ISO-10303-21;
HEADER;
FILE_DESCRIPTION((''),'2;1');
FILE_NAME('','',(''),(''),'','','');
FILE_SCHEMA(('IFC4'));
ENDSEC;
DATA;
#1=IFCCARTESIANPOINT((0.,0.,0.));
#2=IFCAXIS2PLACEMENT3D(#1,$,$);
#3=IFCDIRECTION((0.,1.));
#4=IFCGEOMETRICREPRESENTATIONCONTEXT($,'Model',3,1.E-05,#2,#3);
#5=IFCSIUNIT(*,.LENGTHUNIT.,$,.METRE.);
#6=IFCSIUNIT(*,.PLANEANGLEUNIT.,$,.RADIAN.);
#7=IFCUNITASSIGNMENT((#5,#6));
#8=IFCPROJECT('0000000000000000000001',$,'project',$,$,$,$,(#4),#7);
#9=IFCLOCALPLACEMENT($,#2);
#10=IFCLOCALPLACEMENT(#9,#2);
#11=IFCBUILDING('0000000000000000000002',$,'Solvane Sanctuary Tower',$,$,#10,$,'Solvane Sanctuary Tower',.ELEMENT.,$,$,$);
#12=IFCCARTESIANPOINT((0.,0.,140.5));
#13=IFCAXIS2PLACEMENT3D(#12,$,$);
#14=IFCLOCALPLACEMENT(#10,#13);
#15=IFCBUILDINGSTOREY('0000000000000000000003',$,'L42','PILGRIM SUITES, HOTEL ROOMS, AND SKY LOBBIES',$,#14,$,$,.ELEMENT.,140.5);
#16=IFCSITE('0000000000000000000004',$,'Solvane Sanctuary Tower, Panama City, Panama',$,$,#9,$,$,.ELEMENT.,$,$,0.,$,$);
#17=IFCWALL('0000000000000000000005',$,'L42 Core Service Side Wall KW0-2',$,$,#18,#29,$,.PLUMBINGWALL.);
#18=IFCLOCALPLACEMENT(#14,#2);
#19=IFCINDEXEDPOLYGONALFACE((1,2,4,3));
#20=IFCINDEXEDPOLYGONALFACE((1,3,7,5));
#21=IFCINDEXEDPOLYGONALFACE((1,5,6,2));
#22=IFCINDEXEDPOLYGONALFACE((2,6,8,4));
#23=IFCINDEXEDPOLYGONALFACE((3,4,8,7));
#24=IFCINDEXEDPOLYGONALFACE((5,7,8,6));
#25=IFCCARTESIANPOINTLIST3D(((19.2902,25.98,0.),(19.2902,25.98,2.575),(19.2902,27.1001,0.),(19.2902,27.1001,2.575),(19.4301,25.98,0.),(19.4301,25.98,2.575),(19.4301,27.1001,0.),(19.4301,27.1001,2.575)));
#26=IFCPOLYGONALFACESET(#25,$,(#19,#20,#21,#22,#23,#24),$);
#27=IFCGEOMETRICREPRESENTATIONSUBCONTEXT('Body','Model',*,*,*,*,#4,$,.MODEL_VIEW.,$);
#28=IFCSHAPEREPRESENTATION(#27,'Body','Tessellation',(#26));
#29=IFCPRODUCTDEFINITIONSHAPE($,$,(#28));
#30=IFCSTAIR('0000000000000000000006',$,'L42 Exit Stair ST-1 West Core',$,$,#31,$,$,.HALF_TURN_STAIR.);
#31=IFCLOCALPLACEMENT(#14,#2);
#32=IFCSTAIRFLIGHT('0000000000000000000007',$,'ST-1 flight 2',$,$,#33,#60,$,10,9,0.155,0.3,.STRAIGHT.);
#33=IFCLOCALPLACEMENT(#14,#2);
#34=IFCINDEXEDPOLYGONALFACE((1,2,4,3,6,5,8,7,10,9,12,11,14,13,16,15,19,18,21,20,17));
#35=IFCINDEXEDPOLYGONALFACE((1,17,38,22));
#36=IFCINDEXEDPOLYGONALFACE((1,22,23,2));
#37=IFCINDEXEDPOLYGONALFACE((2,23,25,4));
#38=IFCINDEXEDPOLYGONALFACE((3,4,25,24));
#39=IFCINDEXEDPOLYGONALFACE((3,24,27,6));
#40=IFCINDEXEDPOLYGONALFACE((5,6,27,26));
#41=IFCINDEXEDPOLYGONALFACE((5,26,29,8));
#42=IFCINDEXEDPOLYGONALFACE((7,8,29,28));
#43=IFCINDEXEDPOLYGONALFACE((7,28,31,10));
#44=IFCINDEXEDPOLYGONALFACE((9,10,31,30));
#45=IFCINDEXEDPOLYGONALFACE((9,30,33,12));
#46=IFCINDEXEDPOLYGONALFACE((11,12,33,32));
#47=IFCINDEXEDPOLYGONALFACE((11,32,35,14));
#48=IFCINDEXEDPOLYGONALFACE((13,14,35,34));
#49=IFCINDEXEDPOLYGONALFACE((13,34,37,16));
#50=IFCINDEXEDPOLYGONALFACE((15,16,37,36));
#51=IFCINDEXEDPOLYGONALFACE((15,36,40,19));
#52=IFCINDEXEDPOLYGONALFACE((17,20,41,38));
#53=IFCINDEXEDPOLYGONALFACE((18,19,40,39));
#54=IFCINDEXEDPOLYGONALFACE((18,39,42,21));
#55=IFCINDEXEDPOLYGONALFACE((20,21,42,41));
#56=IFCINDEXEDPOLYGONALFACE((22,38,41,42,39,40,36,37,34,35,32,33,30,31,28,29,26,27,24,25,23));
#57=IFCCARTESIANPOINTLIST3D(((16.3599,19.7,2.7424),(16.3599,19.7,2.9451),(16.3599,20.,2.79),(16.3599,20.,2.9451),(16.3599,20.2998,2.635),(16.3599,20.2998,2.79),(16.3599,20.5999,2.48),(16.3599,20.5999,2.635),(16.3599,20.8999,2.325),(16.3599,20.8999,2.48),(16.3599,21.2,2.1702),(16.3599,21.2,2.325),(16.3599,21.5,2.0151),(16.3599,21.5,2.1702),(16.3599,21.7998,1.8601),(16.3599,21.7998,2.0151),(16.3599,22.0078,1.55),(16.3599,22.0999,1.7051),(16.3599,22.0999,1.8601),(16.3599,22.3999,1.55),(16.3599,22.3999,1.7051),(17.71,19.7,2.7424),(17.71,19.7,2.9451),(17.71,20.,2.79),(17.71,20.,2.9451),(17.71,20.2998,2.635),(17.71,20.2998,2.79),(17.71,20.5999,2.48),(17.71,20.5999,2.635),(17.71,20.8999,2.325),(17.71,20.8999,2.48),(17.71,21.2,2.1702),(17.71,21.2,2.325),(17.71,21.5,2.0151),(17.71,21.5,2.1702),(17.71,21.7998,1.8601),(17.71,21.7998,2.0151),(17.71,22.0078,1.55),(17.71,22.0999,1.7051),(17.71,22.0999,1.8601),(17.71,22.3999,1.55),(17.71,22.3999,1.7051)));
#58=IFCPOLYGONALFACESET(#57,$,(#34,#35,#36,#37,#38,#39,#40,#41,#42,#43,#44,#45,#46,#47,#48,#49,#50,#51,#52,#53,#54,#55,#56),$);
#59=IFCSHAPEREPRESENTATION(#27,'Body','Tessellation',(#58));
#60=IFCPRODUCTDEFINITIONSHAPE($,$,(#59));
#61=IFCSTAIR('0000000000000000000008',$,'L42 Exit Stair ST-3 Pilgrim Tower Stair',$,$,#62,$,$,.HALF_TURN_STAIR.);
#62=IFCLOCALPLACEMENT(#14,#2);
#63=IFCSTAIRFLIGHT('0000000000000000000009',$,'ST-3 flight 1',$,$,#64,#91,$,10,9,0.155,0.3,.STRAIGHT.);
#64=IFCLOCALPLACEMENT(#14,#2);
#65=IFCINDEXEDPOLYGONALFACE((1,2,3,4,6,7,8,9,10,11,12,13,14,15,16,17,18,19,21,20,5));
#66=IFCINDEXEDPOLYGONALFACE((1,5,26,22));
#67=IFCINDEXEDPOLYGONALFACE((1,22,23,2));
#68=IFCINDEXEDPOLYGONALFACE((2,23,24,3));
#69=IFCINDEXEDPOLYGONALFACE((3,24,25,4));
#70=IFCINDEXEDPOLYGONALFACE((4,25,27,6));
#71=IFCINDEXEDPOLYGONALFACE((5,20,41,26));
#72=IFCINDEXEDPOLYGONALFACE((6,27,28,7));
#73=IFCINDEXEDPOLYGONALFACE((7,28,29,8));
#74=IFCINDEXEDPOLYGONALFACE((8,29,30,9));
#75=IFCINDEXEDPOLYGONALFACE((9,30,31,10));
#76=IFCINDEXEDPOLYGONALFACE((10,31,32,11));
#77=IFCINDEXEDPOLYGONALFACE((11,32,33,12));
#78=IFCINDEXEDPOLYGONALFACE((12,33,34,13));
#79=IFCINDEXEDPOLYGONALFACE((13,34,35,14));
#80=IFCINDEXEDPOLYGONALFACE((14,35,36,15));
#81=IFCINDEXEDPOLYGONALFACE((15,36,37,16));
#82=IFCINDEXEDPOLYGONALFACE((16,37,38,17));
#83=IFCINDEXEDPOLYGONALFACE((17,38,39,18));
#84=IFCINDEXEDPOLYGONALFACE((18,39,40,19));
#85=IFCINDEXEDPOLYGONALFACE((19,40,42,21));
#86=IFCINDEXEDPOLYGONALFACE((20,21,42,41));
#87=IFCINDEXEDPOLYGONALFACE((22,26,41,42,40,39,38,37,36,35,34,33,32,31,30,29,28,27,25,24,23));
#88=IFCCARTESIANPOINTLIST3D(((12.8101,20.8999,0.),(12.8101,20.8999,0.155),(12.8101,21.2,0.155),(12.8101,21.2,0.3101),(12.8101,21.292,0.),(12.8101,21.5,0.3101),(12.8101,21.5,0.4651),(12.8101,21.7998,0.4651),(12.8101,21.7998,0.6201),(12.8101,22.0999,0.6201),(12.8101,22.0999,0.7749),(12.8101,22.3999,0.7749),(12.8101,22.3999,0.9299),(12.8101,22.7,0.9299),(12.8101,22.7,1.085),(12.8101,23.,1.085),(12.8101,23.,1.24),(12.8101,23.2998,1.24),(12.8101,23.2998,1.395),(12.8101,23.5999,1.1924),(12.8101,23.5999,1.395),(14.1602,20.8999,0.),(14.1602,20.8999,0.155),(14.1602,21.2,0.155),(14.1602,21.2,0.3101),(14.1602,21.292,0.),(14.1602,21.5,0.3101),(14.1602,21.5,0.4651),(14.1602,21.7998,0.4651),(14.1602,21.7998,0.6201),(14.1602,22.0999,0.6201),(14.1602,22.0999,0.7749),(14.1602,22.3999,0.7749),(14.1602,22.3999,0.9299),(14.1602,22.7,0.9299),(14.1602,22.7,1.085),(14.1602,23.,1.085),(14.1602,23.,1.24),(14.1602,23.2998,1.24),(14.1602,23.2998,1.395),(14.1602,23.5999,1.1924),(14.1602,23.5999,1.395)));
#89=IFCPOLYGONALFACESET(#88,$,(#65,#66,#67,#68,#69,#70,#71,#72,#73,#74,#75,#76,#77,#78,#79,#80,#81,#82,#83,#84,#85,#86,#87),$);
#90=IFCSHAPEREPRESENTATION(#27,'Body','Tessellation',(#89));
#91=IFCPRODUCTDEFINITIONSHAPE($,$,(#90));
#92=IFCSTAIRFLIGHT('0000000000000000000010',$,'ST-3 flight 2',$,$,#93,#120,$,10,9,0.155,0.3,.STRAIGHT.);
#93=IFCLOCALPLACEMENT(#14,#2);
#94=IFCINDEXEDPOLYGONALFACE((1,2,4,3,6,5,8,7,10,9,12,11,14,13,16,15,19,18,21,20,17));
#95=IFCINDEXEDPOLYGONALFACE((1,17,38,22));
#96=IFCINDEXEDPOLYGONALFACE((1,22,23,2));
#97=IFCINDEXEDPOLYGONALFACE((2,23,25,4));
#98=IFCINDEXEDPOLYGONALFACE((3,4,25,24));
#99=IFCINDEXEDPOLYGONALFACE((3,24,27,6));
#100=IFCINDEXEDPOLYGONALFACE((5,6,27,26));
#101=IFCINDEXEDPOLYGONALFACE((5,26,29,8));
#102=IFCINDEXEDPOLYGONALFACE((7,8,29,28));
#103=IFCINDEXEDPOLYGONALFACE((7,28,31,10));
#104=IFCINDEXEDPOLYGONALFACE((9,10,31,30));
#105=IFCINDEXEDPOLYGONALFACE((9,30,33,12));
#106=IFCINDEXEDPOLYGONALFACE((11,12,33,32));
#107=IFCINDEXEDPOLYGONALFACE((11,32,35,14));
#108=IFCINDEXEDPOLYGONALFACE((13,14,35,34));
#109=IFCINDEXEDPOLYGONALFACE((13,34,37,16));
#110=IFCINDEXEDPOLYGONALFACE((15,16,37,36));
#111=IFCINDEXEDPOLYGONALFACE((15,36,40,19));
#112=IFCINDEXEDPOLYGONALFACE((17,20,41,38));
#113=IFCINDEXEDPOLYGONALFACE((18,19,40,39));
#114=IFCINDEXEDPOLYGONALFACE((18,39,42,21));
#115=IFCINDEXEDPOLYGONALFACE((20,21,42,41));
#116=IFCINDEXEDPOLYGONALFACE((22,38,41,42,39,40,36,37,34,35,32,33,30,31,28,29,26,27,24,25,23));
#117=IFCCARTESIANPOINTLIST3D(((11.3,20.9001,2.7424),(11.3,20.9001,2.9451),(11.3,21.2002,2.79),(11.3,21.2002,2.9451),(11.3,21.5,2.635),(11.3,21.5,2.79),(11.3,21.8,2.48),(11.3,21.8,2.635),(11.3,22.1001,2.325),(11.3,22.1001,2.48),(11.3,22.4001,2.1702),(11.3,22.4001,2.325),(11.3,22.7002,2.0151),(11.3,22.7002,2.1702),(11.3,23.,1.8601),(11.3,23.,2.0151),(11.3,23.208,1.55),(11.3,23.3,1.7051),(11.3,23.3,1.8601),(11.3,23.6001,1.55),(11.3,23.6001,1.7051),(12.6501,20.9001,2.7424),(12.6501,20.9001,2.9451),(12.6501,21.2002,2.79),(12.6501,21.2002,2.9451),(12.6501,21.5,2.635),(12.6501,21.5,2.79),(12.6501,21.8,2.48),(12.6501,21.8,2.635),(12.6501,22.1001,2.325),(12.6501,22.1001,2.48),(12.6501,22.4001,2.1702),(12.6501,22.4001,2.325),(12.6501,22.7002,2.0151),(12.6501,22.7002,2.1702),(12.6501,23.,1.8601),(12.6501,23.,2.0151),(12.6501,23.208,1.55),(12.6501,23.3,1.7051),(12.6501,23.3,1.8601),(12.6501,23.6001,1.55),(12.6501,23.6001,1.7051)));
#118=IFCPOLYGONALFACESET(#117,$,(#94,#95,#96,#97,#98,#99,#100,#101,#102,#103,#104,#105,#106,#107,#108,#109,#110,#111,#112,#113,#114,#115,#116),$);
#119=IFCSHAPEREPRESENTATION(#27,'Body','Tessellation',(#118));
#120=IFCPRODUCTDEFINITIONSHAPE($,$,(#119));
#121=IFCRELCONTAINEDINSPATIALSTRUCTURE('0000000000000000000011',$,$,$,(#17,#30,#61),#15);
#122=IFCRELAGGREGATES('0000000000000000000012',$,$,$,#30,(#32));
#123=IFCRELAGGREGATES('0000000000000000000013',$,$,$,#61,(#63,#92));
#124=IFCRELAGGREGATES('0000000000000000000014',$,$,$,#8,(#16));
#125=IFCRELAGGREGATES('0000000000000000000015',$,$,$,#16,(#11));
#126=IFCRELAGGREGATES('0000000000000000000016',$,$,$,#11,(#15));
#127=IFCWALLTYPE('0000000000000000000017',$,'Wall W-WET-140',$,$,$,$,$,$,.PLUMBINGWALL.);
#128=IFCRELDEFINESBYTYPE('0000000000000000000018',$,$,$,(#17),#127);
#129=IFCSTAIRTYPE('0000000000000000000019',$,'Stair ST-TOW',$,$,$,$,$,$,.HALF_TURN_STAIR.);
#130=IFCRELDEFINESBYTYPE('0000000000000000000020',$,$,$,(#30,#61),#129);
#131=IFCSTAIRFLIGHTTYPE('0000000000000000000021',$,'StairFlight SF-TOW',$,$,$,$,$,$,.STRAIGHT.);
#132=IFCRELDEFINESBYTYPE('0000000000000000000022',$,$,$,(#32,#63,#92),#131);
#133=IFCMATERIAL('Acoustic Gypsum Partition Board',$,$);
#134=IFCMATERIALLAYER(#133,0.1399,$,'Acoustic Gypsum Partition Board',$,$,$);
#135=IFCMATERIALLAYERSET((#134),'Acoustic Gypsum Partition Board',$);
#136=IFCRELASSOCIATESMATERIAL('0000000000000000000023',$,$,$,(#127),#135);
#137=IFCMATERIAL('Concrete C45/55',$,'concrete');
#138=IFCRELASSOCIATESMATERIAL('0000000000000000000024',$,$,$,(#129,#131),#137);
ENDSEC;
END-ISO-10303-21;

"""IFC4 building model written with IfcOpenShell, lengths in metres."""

from ifc_helpers import new_model, si_unit, direction, frame, frame_2d, origin, place, context, subcontext, project, spatial, polyline, rectangle, outline, extrude, material, layer, layer_set, type_object, element, aggregate, save


model = new_model("IFC4")

# Units and contexts
model_context = context("Model", 3, precision=1e-05, world=origin(), true_north=direction((0.0, 1.0)))
body_context = subcontext(model_context, "Body", "Model", "MODEL_VIEW")
ifc_project = project(units=[si_unit("LENGTHUNIT", "METRE"), si_unit("PLANEANGLEUNIT", "RADIAN")], contexts=[model_context])

# Site, building, storey
site_placement = place(None, origin())
site = spatial("IfcSite", under=ifc_project, at=site_placement, Name="Solvane Sanctuary Tower, Panama City, Panama", CompositionType="ELEMENT", RefElevation=0.0)
building_placement = place(site_placement, origin())
building = spatial("IfcBuilding", under=site, at=building_placement, Name="Solvane Sanctuary Tower", LongName="Solvane Sanctuary Tower", CompositionType="ELEMENT")
storey_placement = place(building_placement, frame((0.0, 0.0, 140.5)))
storey = spatial("IfcBuildingStorey", under=building, at=storey_placement, Name="L42", Description="PILGRIM SUITES, HOTEL ROOMS, AND SKY LOBBIES", CompositionType="ELEMENT", Elevation=140.5)

# Shared definitions
ifc_material_1 = material(Name="Acoustic Gypsum Partition Board")

# Wall
ifc_layer_1 = layer(ifc_material_1, 0.1399, Name="Acoustic Gypsum Partition Board")
ifc_layer_set_1 = layer_set([ifc_layer_1], Name="Acoustic Gypsum Partition Board")
wall_type_1 = type_object("IfcWallType", Name="Wall W-WET-140", PredefinedType="PLUMBINGWALL", material=ifc_layer_set_1)
wall_1_placement = place(storey_placement, frame((19.3601, 25.98, 0.0), z_axis=(0.0, 0.0, 1.0), x_axis=(0.0, 1.0, 0.0)))
element("IfcWall", 1, at=wall_1_placement, inside=storey, type_object=wall_type_1, Name="L42 Core Service Side Wall KW0-2", PredefinedType="PLUMBINGWALL", context=body_context, shape_type="SweptSolid", body=[
    extrude(rectangle(XDim=1.1201, YDim=0.1399, at=frame_2d((0.5601, 0.0))), origin(), (0.0, 0.0, 1.0), 2.575),
])

# Stair, stair flight
ifc_material_2 = material(Name="Concrete C45/55", Category="concrete")
stair_type = type_object("IfcStairType", Name="Stair ST-TOW", PredefinedType="HALF_TURN_STAIR", material=ifc_material_2)
stair_1_placement = place(storey_placement, origin())
stair_1 = element("IfcStair", 2, at=stair_1_placement, inside=storey, type_object=stair_type, Name="L42 Exit Stair ST-1 West Core", PredefinedType="HALF_TURN_STAIR")
stair_flight_type = type_object("IfcStairFlightType", Name="StairFlight SF-TOW", PredefinedType="STRAIGHT", material=ifc_material_2)
stair_flight_1_placement = place(storey_placement, frame((17.0349, 22.3999, 1.55), z_axis=(0.0, 0.0, 1.0), x_axis=(0.0, -1.0, 0.0)))
stair_flight_1 = element("IfcStairFlight", 3, at=stair_flight_1_placement, type_object=stair_flight_type, Name="ST-1 flight 2", NumberOfRisers=10, NumberOfTreads=9, PredefinedType="STRAIGHT", RiserHeight=0.155, TreadLength=0.3, context=body_context, shape_type="SweptSolid", body=[
    extrude(outline(polyline([(0.0, 0.0), (0.0, 0.155), (0.3, 0.155), (0.3, 0.3101), (0.6001, 0.3101), (0.6001, 0.4651), (0.8999, 0.4651), (0.8999, 0.6201), (1.2, 0.6201), (1.2, 0.7749), (1.5, 0.7749), (1.5, 0.9299), (1.8, 0.9299), (1.8, 1.085), (2.1001, 1.085), (2.1001, 1.24), (2.3999, 1.24), (2.3999, 1.395), (2.7, 1.395), (2.7, 1.55), (2.7, 1.1924), (0.3921, 0.0), (0.0, 0.0)])), frame((0.0, 0.675, 0.0), z_axis=(0.0, -1.0, 0.0), x_axis=(1.0, 0.0, 0.0)), (0.0, 0.0, 1.0), 1.3501),
])
aggregate(stair_1, [stair_flight_1])

# Stair, stair flights
stair_2_placement = place(storey_placement, origin())
stair_2 = element("IfcStair", 4, at=stair_2_placement, inside=storey, type_object=stair_type, Name="L42 Exit Stair ST-3 Pilgrim Tower Stair", PredefinedType="HALF_TURN_STAIR")
stair_flight_2_placement = place(storey_placement, frame((13.4851, 20.8999, 0.0), z_axis=(0.0, 0.0, 1.0), x_axis=(0.0, 1.0, 0.0)))
stair_flight_2 = element("IfcStairFlight", 5, at=stair_flight_2_placement, type_object=stair_flight_type, Name="ST-3 flight 1", NumberOfRisers=10, NumberOfTreads=9, PredefinedType="STRAIGHT", RiserHeight=0.155, TreadLength=0.3, context=body_context, shape_type="SweptSolid", body=[
    extrude(outline(polyline([(0.0, 0.0), (0.0, 0.155), (0.3, 0.155), (0.3, 0.3101), (0.6001, 0.3101), (0.6001, 0.4651), (0.8999, 0.4651), (0.8999, 0.6201), (1.2, 0.6201), (1.2, 0.7749), (1.5, 0.7749), (1.5, 0.9299), (1.8, 0.9299), (1.8, 1.085), (2.1001, 1.085), (2.1001, 1.24), (2.3999, 1.24), (2.3999, 1.395), (2.7, 1.395), (2.7, 1.55), (2.7, 1.1924), (0.3921, 0.0), (0.0, 0.0)])), frame((0.0, 0.675, 0.0), z_axis=(0.0, -1.0, 0.0), x_axis=(1.0, 0.0, 0.0)), (0.0, 0.0, 1.0), 1.3501),
])
stair_flight_3_placement = place(storey_placement, frame((11.9751, 23.6001, 1.55), z_axis=(0.0, 0.0, 1.0), x_axis=(0.0, -1.0, 0.0)))
stair_flight_3 = element("IfcStairFlight", 6, at=stair_flight_3_placement, type_object=stair_flight_type, Name="ST-3 flight 2", NumberOfRisers=10, NumberOfTreads=9, PredefinedType="STRAIGHT", RiserHeight=0.155, TreadLength=0.3, context=body_context, shape_type="SweptSolid", body=[
    extrude(outline(polyline([(0.0, 0.0), (0.0, 0.155), (0.3, 0.155), (0.3, 0.3101), (0.6001, 0.3101), (0.6001, 0.4651), (0.8999, 0.4651), (0.8999, 0.6201), (1.2, 0.6201), (1.2, 0.7749), (1.5, 0.7749), (1.5, 0.9299), (1.8, 0.9299), (1.8, 1.085), (2.1001, 1.085), (2.1001, 1.24), (2.3999, 1.24), (2.3999, 1.395), (2.7, 1.395), (2.7, 1.55), (2.7, 1.1924), (0.3921, 0.0), (0.0, 0.0)])), frame((0.0, 0.675, 0.0), z_axis=(0.0, -1.0, 0.0), x_axis=(1.0, 0.0, 0.0)), (0.0, 0.0, 1.0), 1.3501),
])
aggregate(stair_2, [stair_flight_2, stair_flight_3])

save(model, "model.ifc")
